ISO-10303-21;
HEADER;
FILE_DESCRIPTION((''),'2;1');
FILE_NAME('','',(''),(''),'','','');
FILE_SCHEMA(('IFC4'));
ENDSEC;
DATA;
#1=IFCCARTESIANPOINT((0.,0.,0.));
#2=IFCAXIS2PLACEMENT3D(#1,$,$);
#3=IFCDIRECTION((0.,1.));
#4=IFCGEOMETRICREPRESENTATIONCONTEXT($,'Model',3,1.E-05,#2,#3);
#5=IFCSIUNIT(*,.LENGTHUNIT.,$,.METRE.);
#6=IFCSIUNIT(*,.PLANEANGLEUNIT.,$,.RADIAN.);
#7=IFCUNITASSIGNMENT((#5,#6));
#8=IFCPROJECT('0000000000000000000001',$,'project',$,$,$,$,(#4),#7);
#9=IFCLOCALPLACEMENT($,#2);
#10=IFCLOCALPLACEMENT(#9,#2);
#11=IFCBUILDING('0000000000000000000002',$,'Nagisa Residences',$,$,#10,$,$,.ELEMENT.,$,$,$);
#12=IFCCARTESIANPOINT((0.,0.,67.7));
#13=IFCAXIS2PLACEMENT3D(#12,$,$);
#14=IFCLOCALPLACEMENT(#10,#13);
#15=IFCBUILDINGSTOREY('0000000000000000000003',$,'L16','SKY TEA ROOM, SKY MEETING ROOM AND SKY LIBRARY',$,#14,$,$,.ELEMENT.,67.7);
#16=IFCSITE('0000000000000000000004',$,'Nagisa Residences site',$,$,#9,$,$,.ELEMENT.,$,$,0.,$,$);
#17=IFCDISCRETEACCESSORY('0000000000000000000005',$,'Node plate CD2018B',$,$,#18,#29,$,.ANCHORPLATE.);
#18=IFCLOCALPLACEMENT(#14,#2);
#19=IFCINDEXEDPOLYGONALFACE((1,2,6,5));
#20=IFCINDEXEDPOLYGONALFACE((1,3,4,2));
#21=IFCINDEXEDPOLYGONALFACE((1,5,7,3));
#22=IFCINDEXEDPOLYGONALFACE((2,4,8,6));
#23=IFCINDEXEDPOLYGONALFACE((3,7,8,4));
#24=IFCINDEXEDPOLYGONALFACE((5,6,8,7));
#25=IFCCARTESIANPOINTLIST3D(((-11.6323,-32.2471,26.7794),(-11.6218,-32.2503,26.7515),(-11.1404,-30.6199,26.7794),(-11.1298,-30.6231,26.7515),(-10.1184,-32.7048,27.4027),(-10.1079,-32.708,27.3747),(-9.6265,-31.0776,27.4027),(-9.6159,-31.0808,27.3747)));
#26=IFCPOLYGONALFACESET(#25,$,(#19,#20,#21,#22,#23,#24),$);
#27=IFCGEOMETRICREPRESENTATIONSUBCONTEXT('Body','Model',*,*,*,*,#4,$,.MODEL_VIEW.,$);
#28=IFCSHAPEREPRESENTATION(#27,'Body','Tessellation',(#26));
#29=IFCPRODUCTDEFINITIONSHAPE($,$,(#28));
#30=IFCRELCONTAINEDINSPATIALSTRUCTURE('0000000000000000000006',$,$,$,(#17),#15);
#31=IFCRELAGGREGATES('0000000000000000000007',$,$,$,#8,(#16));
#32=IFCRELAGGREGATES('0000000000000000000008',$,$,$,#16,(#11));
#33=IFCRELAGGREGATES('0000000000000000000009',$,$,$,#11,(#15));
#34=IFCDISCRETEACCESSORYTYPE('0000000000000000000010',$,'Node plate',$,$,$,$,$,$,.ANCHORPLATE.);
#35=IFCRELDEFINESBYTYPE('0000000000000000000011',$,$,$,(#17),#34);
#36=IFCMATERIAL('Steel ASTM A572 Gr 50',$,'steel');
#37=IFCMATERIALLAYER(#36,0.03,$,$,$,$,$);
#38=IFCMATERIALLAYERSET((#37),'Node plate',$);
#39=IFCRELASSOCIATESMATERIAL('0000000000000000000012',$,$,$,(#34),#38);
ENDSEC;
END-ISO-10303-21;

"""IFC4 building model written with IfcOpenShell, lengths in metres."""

from ifc_helpers import new_model, si_unit, direction, frame, origin, origin_2d, place, context, subcontext, project, spatial, rectangle, extrude, material, layer, layer_set, type_object, element, save


model = new_model("IFC4")

# Units and contexts
model_context = context("Model", 3, precision=1e-05, world=origin(), true_north=direction((0.0, 1.0)))
body_context = subcontext(model_context, "Body", "Model", "MODEL_VIEW")
ifc_project = project(units=[si_unit("LENGTHUNIT", "METRE"), si_unit("PLANEANGLEUNIT", "RADIAN")], contexts=[model_context])

# Site, building, storey
site_placement = place(None, origin())
site = spatial("IfcSite", under=ifc_project, at=site_placement, Name="Nagisa Residences site", CompositionType="ELEMENT", RefElevation=0.0)
building_placement = place(site_placement, origin())
building = spatial("IfcBuilding", under=site, at=building_placement, Name="Nagisa Residences", CompositionType="ELEMENT")
storey_placement = place(building_placement, frame((0.0, 0.0, 67.7)))
storey = spatial("IfcBuildingStorey", under=building, at=storey_placement, Name="L16", Description="SKY TEA ROOM, SKY MEETING ROOM AND SKY LIBRARY", CompositionType="ELEMENT", Elevation=67.7)

# Discrete accessory
ifc_material_1 = material(Name="Steel ASTM A572 Gr 50", Category="steel")
ifc_layer_1 = layer(ifc_material_1, 0.03)
ifc_layer_set_1 = layer_set([ifc_layer_1], Name="Node plate")
discrete_accessory_type_1 = type_object("IfcDiscreteAccessoryType", Name="Node plate", PredefinedType="ANCHORPLATE", material=ifc_layer_set_1)
for number, where, z_axis, x_axis, name in (
    (1, (-10.6294, -31.6624, 27.0911), (0.35093, -0.106095, -0.930372), (0.28939, 0.957211, 0.0), "Node plate CD2018B"),
):
    element("IfcDiscreteAccessory", number, at=place(storey_placement, frame(where, z_axis=z_axis, x_axis=x_axis)), inside=storey, type_object=discrete_accessory_type_1, Name=name, PredefinedType="ANCHORPLATE", context=body_context, shape_type="SweptSolid", body=[
        extrude(rectangle(XDim=1.7, YDim=1.7, at=origin_2d()), origin(), (0.0, 0.0, 1.0), 0.03),
    ])

save(model, "model.ifc")
